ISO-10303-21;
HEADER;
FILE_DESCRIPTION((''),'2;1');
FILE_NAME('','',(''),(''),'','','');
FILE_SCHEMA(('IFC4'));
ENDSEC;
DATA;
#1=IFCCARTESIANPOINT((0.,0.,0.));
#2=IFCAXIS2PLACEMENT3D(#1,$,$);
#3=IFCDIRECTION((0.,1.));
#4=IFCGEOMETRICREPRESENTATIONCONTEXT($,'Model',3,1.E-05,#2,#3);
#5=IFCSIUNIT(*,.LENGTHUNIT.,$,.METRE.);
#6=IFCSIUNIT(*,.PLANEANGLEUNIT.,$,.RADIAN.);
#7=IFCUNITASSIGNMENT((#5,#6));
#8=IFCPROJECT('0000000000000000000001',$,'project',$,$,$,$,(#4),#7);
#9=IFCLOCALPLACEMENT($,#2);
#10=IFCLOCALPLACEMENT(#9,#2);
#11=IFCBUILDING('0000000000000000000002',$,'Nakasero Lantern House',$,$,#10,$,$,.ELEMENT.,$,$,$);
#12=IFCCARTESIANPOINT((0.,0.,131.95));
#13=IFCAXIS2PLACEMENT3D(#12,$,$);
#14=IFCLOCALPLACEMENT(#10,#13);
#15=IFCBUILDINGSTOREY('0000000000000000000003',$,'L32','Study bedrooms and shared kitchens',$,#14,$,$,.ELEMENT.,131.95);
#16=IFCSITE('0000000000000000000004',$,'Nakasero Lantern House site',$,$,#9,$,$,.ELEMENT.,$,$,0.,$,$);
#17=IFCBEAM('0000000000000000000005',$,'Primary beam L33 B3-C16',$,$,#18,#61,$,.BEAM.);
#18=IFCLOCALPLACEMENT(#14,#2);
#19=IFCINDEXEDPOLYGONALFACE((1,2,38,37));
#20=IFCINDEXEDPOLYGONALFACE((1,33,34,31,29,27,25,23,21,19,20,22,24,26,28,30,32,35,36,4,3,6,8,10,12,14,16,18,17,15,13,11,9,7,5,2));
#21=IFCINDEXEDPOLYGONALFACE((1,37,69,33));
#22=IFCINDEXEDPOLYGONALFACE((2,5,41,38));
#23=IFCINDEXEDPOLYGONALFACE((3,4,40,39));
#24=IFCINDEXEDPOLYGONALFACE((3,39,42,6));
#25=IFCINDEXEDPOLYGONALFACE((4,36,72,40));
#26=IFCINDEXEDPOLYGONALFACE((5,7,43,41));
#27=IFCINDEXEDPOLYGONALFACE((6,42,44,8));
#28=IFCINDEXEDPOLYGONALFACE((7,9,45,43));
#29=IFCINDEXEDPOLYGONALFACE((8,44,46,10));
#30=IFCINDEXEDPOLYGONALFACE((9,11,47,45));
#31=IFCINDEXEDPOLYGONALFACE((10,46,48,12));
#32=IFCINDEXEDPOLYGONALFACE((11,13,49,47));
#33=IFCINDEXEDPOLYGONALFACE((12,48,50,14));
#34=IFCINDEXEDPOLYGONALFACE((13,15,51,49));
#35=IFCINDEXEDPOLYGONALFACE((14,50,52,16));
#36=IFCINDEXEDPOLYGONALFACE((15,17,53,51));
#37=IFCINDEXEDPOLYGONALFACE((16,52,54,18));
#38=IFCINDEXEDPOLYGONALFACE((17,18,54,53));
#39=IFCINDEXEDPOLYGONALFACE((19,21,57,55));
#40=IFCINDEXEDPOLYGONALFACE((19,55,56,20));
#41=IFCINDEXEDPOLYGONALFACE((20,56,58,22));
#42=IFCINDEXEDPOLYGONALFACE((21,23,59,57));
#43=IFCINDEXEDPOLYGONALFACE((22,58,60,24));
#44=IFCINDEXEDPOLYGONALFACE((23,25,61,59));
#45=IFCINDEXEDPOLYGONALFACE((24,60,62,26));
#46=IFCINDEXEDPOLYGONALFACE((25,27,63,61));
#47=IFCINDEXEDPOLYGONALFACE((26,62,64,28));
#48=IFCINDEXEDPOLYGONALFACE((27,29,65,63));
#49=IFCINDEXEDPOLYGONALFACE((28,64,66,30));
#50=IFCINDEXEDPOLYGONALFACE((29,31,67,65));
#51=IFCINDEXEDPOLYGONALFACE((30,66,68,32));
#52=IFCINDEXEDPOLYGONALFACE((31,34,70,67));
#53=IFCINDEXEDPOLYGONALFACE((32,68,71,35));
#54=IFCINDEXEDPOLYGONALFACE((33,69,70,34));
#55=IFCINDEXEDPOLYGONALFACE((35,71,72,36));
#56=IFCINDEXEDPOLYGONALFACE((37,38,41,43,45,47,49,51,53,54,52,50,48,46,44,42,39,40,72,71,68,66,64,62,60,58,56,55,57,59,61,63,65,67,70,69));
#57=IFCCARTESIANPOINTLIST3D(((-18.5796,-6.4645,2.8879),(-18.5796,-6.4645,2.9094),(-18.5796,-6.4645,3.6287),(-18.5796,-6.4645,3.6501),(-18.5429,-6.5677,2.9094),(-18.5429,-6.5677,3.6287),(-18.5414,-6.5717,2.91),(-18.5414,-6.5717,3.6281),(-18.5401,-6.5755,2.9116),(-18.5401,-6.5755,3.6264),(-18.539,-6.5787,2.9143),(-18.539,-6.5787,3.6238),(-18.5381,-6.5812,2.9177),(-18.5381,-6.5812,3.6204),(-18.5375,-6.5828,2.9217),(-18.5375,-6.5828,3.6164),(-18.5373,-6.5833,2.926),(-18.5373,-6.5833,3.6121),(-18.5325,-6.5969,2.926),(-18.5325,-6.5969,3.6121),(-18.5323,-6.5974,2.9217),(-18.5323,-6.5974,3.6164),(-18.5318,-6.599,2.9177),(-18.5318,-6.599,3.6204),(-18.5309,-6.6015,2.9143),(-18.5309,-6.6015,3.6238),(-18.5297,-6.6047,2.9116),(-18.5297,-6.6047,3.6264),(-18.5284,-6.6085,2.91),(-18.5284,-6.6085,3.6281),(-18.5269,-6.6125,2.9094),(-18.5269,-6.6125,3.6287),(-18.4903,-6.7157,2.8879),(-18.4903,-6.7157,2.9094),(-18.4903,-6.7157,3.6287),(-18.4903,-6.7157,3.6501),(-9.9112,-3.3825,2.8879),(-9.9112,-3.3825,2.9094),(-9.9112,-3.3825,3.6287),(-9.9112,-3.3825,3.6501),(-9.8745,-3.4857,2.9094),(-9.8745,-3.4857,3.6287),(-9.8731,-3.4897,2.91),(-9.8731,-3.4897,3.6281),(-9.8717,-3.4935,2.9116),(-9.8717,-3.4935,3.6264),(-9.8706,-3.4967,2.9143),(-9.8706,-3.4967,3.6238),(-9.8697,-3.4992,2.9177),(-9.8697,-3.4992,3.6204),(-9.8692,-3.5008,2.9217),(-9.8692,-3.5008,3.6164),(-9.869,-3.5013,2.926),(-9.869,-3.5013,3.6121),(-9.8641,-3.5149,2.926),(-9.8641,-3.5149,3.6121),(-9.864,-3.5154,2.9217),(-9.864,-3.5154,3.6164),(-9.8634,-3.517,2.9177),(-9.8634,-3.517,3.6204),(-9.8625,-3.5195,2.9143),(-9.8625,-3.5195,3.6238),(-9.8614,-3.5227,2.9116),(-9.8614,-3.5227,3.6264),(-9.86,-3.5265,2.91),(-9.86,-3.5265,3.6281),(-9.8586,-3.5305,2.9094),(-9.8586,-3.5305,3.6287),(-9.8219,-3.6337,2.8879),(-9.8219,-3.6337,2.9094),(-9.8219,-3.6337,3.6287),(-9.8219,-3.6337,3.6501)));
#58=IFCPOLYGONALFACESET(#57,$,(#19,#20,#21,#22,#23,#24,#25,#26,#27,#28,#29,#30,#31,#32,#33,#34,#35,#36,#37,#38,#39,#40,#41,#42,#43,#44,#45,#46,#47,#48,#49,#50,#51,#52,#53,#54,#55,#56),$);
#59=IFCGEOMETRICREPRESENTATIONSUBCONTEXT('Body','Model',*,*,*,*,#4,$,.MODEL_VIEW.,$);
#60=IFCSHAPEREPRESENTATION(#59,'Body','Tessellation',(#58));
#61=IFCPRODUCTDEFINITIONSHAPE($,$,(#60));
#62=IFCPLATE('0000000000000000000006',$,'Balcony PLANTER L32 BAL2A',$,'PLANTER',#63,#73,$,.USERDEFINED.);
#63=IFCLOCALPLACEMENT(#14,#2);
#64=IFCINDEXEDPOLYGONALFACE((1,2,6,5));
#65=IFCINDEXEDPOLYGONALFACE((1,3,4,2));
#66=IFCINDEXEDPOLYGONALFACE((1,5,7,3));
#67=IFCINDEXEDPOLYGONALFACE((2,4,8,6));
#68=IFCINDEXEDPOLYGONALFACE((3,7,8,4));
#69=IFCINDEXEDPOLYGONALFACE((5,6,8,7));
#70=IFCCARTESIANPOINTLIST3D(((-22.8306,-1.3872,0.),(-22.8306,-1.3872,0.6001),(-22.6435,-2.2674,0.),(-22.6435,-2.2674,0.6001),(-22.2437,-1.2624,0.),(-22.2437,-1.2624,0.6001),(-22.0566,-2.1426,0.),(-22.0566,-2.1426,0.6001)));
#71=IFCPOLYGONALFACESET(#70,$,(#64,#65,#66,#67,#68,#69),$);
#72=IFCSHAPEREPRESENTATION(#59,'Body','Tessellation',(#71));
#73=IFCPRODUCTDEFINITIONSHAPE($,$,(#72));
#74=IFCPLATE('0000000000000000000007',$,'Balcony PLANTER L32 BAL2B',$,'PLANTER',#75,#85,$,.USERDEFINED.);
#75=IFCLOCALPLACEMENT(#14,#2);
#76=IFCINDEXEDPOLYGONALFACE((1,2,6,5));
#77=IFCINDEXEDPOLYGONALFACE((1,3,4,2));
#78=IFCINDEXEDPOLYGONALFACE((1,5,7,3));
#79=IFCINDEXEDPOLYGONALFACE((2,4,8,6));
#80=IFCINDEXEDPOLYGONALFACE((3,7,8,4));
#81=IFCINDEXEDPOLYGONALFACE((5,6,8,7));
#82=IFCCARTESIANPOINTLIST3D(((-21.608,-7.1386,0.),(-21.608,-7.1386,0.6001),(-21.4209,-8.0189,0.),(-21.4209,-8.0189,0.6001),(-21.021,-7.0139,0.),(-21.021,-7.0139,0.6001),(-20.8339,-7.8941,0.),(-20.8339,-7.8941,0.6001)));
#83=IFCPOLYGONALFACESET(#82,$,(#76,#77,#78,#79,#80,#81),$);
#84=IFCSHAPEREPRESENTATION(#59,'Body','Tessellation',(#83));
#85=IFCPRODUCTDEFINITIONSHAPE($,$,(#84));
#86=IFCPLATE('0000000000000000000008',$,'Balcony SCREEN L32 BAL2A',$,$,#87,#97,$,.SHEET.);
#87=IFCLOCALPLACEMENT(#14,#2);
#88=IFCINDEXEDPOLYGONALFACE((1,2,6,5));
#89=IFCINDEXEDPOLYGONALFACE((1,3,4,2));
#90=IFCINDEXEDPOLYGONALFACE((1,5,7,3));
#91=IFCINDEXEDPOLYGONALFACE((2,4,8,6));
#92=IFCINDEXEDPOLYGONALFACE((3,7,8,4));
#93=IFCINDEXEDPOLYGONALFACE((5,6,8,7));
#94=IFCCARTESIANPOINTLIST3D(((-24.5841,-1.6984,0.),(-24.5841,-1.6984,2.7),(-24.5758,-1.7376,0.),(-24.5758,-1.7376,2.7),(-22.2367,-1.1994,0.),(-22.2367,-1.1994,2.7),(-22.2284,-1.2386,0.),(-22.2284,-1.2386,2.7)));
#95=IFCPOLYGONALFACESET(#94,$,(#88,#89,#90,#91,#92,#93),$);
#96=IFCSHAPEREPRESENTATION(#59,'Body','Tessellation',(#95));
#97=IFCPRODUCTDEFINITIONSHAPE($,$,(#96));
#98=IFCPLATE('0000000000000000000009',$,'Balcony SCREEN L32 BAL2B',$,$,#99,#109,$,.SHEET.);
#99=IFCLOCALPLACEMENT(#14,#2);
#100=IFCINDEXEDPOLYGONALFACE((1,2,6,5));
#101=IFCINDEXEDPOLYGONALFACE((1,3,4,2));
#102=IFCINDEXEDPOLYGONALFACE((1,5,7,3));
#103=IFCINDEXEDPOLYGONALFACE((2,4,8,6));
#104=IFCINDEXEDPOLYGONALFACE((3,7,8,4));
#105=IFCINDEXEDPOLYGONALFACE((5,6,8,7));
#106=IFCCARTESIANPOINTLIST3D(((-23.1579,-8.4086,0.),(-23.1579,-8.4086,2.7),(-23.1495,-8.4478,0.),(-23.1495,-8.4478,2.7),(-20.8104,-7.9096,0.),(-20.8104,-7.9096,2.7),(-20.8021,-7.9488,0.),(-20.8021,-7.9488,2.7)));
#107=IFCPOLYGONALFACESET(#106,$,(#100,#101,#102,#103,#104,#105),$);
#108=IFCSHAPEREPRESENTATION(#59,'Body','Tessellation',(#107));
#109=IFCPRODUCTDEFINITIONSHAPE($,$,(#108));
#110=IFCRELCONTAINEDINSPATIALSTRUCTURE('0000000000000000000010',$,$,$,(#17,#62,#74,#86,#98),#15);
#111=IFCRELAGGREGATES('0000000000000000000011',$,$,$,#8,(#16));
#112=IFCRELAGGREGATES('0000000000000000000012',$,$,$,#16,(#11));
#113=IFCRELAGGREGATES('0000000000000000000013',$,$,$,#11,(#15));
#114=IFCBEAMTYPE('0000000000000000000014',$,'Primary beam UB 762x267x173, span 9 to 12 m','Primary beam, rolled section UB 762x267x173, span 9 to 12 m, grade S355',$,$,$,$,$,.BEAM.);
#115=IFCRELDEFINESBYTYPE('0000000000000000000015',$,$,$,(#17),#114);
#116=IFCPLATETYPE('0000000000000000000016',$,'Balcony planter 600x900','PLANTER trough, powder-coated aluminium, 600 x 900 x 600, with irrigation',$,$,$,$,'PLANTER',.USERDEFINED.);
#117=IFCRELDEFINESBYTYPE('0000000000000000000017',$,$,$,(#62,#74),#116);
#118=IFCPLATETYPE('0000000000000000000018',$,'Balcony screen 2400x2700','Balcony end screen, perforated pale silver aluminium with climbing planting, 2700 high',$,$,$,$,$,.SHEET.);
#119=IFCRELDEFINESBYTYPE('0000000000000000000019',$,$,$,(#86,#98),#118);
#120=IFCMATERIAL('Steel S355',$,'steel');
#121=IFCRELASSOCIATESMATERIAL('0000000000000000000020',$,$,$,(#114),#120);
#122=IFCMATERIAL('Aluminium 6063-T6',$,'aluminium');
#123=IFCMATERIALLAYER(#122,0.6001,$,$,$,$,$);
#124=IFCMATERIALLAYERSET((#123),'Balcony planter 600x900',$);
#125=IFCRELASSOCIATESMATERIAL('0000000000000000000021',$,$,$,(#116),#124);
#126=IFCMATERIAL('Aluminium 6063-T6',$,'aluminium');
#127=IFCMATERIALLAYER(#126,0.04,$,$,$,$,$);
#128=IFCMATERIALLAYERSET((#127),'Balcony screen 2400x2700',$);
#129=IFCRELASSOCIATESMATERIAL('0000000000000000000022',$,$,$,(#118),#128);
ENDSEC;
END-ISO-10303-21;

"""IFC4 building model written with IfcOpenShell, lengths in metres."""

from ifc_helpers import new_model, si_unit, direction, frame, origin, origin_2d, place, context, subcontext, project, spatial, rectangle, i_section, extrude, material, layer, layer_set, material_profile, profile_set, type_object, element, save


model = new_model("IFC4")

# Units and contexts
model_context = context("Model", 3, precision=1e-05, world=origin(), true_north=direction((0.0, 1.0)))
body_context = subcontext(model_context, "Body", "Model", "MODEL_VIEW")
ifc_project = project(units=[si_unit("LENGTHUNIT", "METRE"), si_unit("PLANEANGLEUNIT", "RADIAN")], contexts=[model_context])

# Site, building, storey
site_placement = place(None, origin())
site = spatial("IfcSite", under=ifc_project, at=site_placement, Name="Nakasero Lantern House site", CompositionType="ELEMENT", RefElevation=0.0)
building_placement = place(site_placement, origin())
building = spatial("IfcBuilding", under=site, at=building_placement, Name="Nakasero Lantern House", CompositionType="ELEMENT")
storey_placement = place(building_placement, frame((0.0, 0.0, 131.95)))
storey = spatial("IfcBuildingStorey", under=building, at=storey_placement, Name="L32", Description="Study bedrooms and shared kitchens", CompositionType="ELEMENT", Elevation=131.95)

# Beam
ifc_material_1 = material(Name="Steel S355", Category="steel")
ifc_material_profile_1 = material_profile(ifc_material_1, i_section(OverallWidth=0.2666, OverallDepth=0.7622, WebThickness=0.0144, FlangeThickness=0.0215, FilletRadius=0.0166, at=origin_2d()), Name="UB 762x267x173")
ifc_profile_set_1 = profile_set([ifc_material_profile_1], Name="Steel S355")
beam_type_1 = type_object("IfcBeamType", Name="Primary beam UB 762x267x173, span 9 to 12 m", Description="Primary beam, rolled section UB 762x267x173, span 9 to 12 m, grade S355", PredefinedType="BEAM", material=ifc_profile_set_1)
beam_1_placement = place(storey_placement, frame((-18.5349, -6.5901, 3.269), z_axis=(0.942218, 0.335001, 0.0), x_axis=(-0.335001, 0.942218, 0.0)))
element("IfcBeam", 1, at=beam_1_placement, inside=storey, type_object=beam_type_1, Name="Primary beam L33 B3-C16", PredefinedType="BEAM", context=body_context, shape_type="SweptSolid", body=[
    extrude(i_section(OverallWidth=0.2666, OverallDepth=0.7622, WebThickness=0.0144, FlangeThickness=0.0215, FilletRadius=0.0166, at=origin_2d()), origin(), (0.0, 0.0, 1.0), 9.2),
])

# Plates
ifc_material_2 = material(Name="Aluminium 6063-T6", Category="aluminium")
ifc_layer_1 = layer(ifc_material_2, 0.6001)
ifc_layer_set_1 = layer_set([ifc_layer_1], Name="Balcony planter 600x900")
plate_type_1 = type_object("IfcPlateType", Name="Balcony planter 600x900", Description="PLANTER trough, powder-coated aluminium, 600 x 900 x 600, with irrigation", ElementType="PLANTER", PredefinedType="USERDEFINED", material=ifc_layer_set_1)
for number, where, z_axis, x_axis, name in (
    (2, (-22.4436, -1.7649, 0.0), (0.0, 0.0, 1.0), (-0.978148, -0.207912, 0.0), "Balcony PLANTER L32 BAL2A"),
    (3, (-21.2209, -7.5164, 0.0), (0.0, 0.0, 1.0), (-0.978148, -0.207912, 0.0), "Balcony PLANTER L32 BAL2B"),
):
    element("IfcPlate", number, at=place(storey_placement, frame(where, z_axis=z_axis, x_axis=x_axis)), inside=storey, type_object=plate_type_1, Name=name, ObjectType="PLANTER", PredefinedType="USERDEFINED", context=body_context, shape_type="SweptSolid", body=[
        extrude(rectangle(XDim=0.6001, YDim=0.8999, at=origin_2d()), origin(), (0.0, 0.0, 1.0), 0.6001),
    ])
ifc_material_3 = material(Name="Aluminium 6063-T6", Category="aluminium")
ifc_layer_2 = layer(ifc_material_3, 0.04)
ifc_layer_set_2 = layer_set([ifc_layer_2], Name="Balcony screen 2400x2700")
plate_type_2 = type_object("IfcPlateType", Name="Balcony screen 2400x2700", Description="Balcony end screen, perforated pale silver aluminium with climbing planting, 2700 high", PredefinedType="SHEET", material=ifc_layer_set_2)
for number, where, z_axis, x_axis, name in (
    (4, (-23.4062, -1.4685, 0.0), (0.0, 0.0, 1.0), (-0.978148, -0.207912, 0.0), "Balcony SCREEN L32 BAL2A"),
    (5, (-21.98, -8.1787, 0.0), (0.0, 0.0, 1.0), (-0.978148, -0.207912, 0.0), "Balcony SCREEN L32 BAL2B"),
):
    element("IfcPlate", number, at=place(storey_placement, frame(where, z_axis=z_axis, x_axis=x_axis)), inside=storey, type_object=plate_type_2, Name=name, PredefinedType="SHEET", context=body_context, shape_type="SweptSolid", body=[
        extrude(rectangle(XDim=2.3999, YDim=0.04, at=origin_2d()), origin(), (0.0, 0.0, 1.0), 2.7),
    ])

save(model, "model.ifc")
